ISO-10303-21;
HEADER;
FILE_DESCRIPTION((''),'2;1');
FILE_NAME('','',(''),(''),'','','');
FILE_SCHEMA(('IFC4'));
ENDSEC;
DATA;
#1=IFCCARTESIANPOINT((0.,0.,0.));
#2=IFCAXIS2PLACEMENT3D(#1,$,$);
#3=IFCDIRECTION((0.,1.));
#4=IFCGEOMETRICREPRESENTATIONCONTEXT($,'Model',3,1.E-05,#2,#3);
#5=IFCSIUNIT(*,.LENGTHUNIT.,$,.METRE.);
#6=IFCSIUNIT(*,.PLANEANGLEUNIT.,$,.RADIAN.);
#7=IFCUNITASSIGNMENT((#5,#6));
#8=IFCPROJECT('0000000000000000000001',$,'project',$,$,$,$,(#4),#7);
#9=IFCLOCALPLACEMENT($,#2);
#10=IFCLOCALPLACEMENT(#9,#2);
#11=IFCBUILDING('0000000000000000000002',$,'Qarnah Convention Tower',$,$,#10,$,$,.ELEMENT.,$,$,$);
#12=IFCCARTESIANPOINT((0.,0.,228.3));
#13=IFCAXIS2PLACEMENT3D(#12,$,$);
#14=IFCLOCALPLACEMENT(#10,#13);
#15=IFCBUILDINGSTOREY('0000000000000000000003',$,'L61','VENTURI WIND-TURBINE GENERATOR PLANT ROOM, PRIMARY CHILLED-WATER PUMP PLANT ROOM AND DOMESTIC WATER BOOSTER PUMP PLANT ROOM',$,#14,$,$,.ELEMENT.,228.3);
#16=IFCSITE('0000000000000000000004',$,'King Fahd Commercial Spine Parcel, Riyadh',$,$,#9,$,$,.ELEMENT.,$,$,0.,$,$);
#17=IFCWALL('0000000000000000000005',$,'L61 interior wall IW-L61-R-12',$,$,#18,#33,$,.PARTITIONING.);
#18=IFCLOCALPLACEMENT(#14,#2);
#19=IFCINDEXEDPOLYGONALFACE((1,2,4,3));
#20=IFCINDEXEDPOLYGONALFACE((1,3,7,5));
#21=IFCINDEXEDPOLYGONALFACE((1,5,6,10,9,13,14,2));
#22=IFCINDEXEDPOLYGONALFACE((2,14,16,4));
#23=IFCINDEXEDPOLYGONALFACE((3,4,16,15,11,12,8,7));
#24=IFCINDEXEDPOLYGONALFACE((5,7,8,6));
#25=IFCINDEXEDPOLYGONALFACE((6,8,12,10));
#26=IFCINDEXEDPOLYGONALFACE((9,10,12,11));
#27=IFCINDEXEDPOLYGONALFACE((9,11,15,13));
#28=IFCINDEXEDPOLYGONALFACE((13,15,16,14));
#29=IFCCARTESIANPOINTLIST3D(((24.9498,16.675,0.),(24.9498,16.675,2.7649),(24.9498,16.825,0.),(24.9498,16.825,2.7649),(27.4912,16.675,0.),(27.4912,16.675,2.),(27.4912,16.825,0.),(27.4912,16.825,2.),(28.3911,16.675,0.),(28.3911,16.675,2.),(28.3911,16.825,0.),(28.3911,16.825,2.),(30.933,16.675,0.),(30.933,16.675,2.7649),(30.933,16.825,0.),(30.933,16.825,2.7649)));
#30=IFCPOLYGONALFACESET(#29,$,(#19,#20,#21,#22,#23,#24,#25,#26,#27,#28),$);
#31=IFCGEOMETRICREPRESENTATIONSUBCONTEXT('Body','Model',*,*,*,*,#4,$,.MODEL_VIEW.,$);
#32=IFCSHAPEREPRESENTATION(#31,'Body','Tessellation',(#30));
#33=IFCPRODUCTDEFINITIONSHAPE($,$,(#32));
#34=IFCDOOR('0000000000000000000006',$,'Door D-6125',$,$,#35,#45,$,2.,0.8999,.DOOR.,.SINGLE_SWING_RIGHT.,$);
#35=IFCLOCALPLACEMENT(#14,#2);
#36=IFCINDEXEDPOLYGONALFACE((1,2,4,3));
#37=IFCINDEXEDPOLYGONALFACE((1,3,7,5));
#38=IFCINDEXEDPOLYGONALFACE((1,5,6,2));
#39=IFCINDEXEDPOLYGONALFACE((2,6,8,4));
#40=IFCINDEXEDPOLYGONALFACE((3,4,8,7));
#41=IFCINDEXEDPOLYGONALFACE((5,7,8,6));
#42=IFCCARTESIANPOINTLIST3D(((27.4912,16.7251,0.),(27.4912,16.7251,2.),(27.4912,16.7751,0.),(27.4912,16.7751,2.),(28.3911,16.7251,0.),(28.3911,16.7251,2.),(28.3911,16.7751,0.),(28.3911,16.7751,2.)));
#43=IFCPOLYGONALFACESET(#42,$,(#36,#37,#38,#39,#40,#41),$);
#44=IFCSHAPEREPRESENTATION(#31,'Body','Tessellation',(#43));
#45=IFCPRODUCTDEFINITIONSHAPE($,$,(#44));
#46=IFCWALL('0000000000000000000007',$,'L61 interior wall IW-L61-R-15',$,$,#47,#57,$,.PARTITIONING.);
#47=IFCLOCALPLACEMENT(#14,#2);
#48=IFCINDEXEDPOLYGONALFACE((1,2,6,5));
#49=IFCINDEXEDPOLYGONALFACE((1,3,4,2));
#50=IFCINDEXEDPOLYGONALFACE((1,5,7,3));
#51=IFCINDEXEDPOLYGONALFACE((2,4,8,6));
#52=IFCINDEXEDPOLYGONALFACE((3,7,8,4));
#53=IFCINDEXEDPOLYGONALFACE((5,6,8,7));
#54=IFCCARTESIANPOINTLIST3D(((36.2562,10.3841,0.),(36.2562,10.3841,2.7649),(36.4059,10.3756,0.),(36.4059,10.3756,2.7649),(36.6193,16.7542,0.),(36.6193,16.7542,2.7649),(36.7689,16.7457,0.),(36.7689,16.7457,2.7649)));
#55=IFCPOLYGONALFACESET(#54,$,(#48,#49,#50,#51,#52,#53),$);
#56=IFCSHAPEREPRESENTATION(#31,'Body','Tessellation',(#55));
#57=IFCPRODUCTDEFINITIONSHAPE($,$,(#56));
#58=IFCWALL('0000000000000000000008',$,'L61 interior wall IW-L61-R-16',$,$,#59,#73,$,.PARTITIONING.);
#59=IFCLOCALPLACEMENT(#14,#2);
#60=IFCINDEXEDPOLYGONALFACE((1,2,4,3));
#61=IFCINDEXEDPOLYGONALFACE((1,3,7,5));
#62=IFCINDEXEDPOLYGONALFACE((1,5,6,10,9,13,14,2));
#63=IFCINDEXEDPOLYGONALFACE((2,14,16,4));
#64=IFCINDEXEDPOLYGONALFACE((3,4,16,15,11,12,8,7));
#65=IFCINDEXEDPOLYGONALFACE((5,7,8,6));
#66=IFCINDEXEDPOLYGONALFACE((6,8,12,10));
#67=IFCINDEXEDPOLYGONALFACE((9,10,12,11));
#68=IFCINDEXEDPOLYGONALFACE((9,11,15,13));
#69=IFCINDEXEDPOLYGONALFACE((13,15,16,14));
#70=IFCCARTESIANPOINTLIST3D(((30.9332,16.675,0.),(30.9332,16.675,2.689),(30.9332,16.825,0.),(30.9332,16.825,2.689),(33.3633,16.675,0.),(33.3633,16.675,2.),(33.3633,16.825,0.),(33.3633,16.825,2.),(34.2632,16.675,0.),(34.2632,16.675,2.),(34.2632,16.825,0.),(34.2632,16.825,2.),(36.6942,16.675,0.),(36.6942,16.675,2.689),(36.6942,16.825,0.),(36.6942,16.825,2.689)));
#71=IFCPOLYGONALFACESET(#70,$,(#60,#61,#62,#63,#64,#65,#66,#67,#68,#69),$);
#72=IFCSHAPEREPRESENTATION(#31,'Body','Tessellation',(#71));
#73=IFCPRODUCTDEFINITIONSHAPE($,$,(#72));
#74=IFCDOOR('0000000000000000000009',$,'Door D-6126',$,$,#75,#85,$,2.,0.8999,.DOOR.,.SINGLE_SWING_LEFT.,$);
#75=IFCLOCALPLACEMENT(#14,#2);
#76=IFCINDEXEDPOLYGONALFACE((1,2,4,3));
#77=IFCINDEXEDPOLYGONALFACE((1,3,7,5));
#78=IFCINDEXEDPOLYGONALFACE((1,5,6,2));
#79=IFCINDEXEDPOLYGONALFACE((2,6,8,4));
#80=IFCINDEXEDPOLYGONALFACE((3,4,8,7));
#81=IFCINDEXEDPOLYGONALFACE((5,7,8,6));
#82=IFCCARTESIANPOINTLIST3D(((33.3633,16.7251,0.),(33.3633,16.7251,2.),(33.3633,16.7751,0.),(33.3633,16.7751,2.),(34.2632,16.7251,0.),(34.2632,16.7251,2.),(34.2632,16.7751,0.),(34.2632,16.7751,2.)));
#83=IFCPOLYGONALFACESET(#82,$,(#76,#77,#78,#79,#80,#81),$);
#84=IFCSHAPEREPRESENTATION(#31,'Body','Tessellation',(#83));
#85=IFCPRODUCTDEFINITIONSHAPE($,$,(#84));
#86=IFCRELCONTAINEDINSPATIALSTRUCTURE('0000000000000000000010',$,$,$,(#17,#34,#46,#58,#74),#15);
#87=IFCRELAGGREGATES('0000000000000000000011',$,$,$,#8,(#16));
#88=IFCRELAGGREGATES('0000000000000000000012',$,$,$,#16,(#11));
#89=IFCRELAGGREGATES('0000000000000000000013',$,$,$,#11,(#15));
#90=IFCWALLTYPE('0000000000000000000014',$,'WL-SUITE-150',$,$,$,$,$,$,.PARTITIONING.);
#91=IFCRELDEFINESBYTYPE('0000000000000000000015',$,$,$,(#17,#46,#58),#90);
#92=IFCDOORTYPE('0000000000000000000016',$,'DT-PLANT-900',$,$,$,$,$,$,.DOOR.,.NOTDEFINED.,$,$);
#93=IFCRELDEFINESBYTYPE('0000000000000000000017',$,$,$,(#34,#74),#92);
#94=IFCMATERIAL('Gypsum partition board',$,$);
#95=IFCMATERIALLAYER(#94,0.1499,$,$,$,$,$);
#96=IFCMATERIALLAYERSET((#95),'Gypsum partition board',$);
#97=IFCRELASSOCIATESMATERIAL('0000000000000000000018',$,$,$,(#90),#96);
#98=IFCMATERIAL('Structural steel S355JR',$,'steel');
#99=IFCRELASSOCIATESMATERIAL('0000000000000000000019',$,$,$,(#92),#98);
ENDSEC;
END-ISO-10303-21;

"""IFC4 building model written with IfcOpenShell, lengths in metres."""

from ifc_helpers import new_model, si_unit, direction, frame, frame_2d, origin, place, context, subcontext, project, spatial, rectangle, extrude, material, layer, layer_set, type_object, element, fill, save


model = new_model("IFC4")

# Units and contexts
model_context = context("Model", 3, precision=1e-05, world=origin(), true_north=direction((0.0, 1.0)))
body_context = subcontext(model_context, "Body", "Model", "MODEL_VIEW")
ifc_project = project(units=[si_unit("LENGTHUNIT", "METRE"), si_unit("PLANEANGLEUNIT", "RADIAN")], contexts=[model_context])

# Site, building, storey
site_placement = place(None, origin())
site = spatial("IfcSite", under=ifc_project, at=site_placement, Name="King Fahd Commercial Spine Parcel, Riyadh", CompositionType="ELEMENT", RefElevation=0.0)
building_placement = place(site_placement, origin())
building = spatial("IfcBuilding", under=site, at=building_placement, Name="Qarnah Convention Tower", CompositionType="ELEMENT")
storey_placement = place(building_placement, frame((0.0, 0.0, 228.3)))
storey = spatial("IfcBuildingStorey", under=building, at=storey_placement, Name="L61", Description="VENTURI WIND-TURBINE GENERATOR PLANT ROOM, PRIMARY CHILLED-WATER PUMP PLANT ROOM AND DOMESTIC WATER BOOSTER PUMP PLANT ROOM", CompositionType="ELEMENT", Elevation=228.3)

# Shared definitions
ifc_material_1 = material(Name="Structural steel S355JR", Category="steel")

# Wall, opening, door
ifc_material_2 = material(Name="Gypsum partition board")
ifc_layer_1 = layer(ifc_material_2, 0.1499)
ifc_layer_set_1 = layer_set([ifc_layer_1], Name="Gypsum partition board")
wall_type = type_object("IfcWallType", Name="WL-SUITE-150", PredefinedType="PARTITIONING", material=ifc_layer_set_1)
wall_1_placement = place(storey_placement, frame((30.9331, 16.75, 0.0), z_axis=(0.0, 0.0, 1.0), x_axis=(-1.0, 0.0, 0.0)))
wall_1 = element("IfcWall", 1, at=wall_1_placement, inside=storey, type_object=wall_type, Name="L61 interior wall IW-L61-R-12", PredefinedType="PARTITIONING", context=body_context, shape_type="SweptSolid", body=[
    extrude(rectangle(XDim=5.9832, YDim=0.1499, at=frame_2d((2.9917, 0.0))), origin(), (0.0, 0.0, 1.0), 2.7649),
])
opening_1_placement = place(wall_1_placement, frame((2.542, 0.0, 0.0)))
opening_1 = element("IfcOpeningElement", 2, at=opening_1_placement, cuts=wall_1, PredefinedType="OPENING", context=body_context, shape_type="SweptSolid", body=[
    extrude(rectangle(XDim=0.8999, YDim=2.0, at=frame_2d((0.45, 1.0))), frame((0.0, 0.085, 0.0), z_axis=(0.0, -1.0, 0.0), x_axis=(1.0, 0.0, 0.0)), (0.0, 0.0, 1.0), 0.1699),
])
door_type = type_object("IfcDoorType", Name="DT-PLANT-900", OperationType="NOTDEFINED", PredefinedType="DOOR", material=ifc_material_1)
door_1_placement = place(opening_1_placement, origin())
door_1 = element("IfcDoor", 3, at=door_1_placement, inside=storey, type_object=door_type, Name="Door D-6125", OperationType="SINGLE_SWING_RIGHT", OverallHeight=2.0, OverallWidth=0.8999, PredefinedType="DOOR", context=body_context, shape_type="SweptSolid", body=[
    extrude(rectangle(XDim=0.8999, YDim=2.0, at=frame_2d((0.45, 1.0))), frame((0.0, 0.0249, 0.0), z_axis=(0.0, -1.0, 0.0), x_axis=(1.0, 0.0, 0.0)), (0.0, 0.0, 1.0), 0.05),
])
fill(opening_1, door_1)

# Wall
wall_2_placement = place(storey_placement, frame((36.3311, 10.3799, 0.0), z_axis=(0.0, 0.0, 1.0), x_axis=(0.056898, 0.99838, 0.0)))
element("IfcWall", 4, at=wall_2_placement, inside=storey, type_object=wall_type, Name="L61 interior wall IW-L61-R-15", PredefinedType="PARTITIONING", context=body_context, shape_type="SweptSolid", body=[
    extrude(rectangle(XDim=6.3804, YDim=0.1499, at=frame_2d((3.1902, 0.0))), origin(), (0.0, 0.0, 1.0), 2.7649),
])

# Wall, opening, door
wall_3_placement = place(storey_placement, frame((36.6941, 16.75, 0.0), z_axis=(0.0, 0.0, 1.0), x_axis=(-1.0, 0.0, 0.0)))
wall_3 = element("IfcWall", 5, at=wall_3_placement, inside=storey, type_object=wall_type, Name="L61 interior wall IW-L61-R-16", PredefinedType="PARTITIONING", context=body_context, shape_type="SweptSolid", body=[
    extrude(rectangle(XDim=5.761, YDim=0.1499, at=frame_2d((2.8804, 0.0))), origin(), (0.0, 0.0, 1.0), 2.689),
])
opening_2_placement = place(wall_3_placement, frame((2.4309, 0.0, 0.0)))
opening_2 = element("IfcOpeningElement", 6, at=opening_2_placement, cuts=wall_3, PredefinedType="OPENING", context=body_context, shape_type="SweptSolid", body=[
    extrude(rectangle(XDim=0.8999, YDim=2.0, at=frame_2d((0.45, 1.0))), frame((0.0, 0.085, 0.0), z_axis=(0.0, -1.0, 0.0), x_axis=(1.0, 0.0, 0.0)), (0.0, 0.0, 1.0), 0.1699),
])
door_2_placement = place(opening_2_placement, origin())
door_2 = element("IfcDoor", 7, at=door_2_placement, inside=storey, type_object=door_type, Name="Door D-6126", OperationType="SINGLE_SWING_LEFT", OverallHeight=2.0, OverallWidth=0.8999, PredefinedType="DOOR", context=body_context, shape_type="SweptSolid", body=[
    extrude(rectangle(XDim=0.8999, YDim=2.0, at=frame_2d((0.45, 1.0))), frame((0.0, 0.0249, 0.0), z_axis=(0.0, -1.0, 0.0), x_axis=(1.0, 0.0, 0.0)), (0.0, 0.0, 1.0), 0.05),
])
fill(opening_2, door_2)

save(model, "model.ifc")
